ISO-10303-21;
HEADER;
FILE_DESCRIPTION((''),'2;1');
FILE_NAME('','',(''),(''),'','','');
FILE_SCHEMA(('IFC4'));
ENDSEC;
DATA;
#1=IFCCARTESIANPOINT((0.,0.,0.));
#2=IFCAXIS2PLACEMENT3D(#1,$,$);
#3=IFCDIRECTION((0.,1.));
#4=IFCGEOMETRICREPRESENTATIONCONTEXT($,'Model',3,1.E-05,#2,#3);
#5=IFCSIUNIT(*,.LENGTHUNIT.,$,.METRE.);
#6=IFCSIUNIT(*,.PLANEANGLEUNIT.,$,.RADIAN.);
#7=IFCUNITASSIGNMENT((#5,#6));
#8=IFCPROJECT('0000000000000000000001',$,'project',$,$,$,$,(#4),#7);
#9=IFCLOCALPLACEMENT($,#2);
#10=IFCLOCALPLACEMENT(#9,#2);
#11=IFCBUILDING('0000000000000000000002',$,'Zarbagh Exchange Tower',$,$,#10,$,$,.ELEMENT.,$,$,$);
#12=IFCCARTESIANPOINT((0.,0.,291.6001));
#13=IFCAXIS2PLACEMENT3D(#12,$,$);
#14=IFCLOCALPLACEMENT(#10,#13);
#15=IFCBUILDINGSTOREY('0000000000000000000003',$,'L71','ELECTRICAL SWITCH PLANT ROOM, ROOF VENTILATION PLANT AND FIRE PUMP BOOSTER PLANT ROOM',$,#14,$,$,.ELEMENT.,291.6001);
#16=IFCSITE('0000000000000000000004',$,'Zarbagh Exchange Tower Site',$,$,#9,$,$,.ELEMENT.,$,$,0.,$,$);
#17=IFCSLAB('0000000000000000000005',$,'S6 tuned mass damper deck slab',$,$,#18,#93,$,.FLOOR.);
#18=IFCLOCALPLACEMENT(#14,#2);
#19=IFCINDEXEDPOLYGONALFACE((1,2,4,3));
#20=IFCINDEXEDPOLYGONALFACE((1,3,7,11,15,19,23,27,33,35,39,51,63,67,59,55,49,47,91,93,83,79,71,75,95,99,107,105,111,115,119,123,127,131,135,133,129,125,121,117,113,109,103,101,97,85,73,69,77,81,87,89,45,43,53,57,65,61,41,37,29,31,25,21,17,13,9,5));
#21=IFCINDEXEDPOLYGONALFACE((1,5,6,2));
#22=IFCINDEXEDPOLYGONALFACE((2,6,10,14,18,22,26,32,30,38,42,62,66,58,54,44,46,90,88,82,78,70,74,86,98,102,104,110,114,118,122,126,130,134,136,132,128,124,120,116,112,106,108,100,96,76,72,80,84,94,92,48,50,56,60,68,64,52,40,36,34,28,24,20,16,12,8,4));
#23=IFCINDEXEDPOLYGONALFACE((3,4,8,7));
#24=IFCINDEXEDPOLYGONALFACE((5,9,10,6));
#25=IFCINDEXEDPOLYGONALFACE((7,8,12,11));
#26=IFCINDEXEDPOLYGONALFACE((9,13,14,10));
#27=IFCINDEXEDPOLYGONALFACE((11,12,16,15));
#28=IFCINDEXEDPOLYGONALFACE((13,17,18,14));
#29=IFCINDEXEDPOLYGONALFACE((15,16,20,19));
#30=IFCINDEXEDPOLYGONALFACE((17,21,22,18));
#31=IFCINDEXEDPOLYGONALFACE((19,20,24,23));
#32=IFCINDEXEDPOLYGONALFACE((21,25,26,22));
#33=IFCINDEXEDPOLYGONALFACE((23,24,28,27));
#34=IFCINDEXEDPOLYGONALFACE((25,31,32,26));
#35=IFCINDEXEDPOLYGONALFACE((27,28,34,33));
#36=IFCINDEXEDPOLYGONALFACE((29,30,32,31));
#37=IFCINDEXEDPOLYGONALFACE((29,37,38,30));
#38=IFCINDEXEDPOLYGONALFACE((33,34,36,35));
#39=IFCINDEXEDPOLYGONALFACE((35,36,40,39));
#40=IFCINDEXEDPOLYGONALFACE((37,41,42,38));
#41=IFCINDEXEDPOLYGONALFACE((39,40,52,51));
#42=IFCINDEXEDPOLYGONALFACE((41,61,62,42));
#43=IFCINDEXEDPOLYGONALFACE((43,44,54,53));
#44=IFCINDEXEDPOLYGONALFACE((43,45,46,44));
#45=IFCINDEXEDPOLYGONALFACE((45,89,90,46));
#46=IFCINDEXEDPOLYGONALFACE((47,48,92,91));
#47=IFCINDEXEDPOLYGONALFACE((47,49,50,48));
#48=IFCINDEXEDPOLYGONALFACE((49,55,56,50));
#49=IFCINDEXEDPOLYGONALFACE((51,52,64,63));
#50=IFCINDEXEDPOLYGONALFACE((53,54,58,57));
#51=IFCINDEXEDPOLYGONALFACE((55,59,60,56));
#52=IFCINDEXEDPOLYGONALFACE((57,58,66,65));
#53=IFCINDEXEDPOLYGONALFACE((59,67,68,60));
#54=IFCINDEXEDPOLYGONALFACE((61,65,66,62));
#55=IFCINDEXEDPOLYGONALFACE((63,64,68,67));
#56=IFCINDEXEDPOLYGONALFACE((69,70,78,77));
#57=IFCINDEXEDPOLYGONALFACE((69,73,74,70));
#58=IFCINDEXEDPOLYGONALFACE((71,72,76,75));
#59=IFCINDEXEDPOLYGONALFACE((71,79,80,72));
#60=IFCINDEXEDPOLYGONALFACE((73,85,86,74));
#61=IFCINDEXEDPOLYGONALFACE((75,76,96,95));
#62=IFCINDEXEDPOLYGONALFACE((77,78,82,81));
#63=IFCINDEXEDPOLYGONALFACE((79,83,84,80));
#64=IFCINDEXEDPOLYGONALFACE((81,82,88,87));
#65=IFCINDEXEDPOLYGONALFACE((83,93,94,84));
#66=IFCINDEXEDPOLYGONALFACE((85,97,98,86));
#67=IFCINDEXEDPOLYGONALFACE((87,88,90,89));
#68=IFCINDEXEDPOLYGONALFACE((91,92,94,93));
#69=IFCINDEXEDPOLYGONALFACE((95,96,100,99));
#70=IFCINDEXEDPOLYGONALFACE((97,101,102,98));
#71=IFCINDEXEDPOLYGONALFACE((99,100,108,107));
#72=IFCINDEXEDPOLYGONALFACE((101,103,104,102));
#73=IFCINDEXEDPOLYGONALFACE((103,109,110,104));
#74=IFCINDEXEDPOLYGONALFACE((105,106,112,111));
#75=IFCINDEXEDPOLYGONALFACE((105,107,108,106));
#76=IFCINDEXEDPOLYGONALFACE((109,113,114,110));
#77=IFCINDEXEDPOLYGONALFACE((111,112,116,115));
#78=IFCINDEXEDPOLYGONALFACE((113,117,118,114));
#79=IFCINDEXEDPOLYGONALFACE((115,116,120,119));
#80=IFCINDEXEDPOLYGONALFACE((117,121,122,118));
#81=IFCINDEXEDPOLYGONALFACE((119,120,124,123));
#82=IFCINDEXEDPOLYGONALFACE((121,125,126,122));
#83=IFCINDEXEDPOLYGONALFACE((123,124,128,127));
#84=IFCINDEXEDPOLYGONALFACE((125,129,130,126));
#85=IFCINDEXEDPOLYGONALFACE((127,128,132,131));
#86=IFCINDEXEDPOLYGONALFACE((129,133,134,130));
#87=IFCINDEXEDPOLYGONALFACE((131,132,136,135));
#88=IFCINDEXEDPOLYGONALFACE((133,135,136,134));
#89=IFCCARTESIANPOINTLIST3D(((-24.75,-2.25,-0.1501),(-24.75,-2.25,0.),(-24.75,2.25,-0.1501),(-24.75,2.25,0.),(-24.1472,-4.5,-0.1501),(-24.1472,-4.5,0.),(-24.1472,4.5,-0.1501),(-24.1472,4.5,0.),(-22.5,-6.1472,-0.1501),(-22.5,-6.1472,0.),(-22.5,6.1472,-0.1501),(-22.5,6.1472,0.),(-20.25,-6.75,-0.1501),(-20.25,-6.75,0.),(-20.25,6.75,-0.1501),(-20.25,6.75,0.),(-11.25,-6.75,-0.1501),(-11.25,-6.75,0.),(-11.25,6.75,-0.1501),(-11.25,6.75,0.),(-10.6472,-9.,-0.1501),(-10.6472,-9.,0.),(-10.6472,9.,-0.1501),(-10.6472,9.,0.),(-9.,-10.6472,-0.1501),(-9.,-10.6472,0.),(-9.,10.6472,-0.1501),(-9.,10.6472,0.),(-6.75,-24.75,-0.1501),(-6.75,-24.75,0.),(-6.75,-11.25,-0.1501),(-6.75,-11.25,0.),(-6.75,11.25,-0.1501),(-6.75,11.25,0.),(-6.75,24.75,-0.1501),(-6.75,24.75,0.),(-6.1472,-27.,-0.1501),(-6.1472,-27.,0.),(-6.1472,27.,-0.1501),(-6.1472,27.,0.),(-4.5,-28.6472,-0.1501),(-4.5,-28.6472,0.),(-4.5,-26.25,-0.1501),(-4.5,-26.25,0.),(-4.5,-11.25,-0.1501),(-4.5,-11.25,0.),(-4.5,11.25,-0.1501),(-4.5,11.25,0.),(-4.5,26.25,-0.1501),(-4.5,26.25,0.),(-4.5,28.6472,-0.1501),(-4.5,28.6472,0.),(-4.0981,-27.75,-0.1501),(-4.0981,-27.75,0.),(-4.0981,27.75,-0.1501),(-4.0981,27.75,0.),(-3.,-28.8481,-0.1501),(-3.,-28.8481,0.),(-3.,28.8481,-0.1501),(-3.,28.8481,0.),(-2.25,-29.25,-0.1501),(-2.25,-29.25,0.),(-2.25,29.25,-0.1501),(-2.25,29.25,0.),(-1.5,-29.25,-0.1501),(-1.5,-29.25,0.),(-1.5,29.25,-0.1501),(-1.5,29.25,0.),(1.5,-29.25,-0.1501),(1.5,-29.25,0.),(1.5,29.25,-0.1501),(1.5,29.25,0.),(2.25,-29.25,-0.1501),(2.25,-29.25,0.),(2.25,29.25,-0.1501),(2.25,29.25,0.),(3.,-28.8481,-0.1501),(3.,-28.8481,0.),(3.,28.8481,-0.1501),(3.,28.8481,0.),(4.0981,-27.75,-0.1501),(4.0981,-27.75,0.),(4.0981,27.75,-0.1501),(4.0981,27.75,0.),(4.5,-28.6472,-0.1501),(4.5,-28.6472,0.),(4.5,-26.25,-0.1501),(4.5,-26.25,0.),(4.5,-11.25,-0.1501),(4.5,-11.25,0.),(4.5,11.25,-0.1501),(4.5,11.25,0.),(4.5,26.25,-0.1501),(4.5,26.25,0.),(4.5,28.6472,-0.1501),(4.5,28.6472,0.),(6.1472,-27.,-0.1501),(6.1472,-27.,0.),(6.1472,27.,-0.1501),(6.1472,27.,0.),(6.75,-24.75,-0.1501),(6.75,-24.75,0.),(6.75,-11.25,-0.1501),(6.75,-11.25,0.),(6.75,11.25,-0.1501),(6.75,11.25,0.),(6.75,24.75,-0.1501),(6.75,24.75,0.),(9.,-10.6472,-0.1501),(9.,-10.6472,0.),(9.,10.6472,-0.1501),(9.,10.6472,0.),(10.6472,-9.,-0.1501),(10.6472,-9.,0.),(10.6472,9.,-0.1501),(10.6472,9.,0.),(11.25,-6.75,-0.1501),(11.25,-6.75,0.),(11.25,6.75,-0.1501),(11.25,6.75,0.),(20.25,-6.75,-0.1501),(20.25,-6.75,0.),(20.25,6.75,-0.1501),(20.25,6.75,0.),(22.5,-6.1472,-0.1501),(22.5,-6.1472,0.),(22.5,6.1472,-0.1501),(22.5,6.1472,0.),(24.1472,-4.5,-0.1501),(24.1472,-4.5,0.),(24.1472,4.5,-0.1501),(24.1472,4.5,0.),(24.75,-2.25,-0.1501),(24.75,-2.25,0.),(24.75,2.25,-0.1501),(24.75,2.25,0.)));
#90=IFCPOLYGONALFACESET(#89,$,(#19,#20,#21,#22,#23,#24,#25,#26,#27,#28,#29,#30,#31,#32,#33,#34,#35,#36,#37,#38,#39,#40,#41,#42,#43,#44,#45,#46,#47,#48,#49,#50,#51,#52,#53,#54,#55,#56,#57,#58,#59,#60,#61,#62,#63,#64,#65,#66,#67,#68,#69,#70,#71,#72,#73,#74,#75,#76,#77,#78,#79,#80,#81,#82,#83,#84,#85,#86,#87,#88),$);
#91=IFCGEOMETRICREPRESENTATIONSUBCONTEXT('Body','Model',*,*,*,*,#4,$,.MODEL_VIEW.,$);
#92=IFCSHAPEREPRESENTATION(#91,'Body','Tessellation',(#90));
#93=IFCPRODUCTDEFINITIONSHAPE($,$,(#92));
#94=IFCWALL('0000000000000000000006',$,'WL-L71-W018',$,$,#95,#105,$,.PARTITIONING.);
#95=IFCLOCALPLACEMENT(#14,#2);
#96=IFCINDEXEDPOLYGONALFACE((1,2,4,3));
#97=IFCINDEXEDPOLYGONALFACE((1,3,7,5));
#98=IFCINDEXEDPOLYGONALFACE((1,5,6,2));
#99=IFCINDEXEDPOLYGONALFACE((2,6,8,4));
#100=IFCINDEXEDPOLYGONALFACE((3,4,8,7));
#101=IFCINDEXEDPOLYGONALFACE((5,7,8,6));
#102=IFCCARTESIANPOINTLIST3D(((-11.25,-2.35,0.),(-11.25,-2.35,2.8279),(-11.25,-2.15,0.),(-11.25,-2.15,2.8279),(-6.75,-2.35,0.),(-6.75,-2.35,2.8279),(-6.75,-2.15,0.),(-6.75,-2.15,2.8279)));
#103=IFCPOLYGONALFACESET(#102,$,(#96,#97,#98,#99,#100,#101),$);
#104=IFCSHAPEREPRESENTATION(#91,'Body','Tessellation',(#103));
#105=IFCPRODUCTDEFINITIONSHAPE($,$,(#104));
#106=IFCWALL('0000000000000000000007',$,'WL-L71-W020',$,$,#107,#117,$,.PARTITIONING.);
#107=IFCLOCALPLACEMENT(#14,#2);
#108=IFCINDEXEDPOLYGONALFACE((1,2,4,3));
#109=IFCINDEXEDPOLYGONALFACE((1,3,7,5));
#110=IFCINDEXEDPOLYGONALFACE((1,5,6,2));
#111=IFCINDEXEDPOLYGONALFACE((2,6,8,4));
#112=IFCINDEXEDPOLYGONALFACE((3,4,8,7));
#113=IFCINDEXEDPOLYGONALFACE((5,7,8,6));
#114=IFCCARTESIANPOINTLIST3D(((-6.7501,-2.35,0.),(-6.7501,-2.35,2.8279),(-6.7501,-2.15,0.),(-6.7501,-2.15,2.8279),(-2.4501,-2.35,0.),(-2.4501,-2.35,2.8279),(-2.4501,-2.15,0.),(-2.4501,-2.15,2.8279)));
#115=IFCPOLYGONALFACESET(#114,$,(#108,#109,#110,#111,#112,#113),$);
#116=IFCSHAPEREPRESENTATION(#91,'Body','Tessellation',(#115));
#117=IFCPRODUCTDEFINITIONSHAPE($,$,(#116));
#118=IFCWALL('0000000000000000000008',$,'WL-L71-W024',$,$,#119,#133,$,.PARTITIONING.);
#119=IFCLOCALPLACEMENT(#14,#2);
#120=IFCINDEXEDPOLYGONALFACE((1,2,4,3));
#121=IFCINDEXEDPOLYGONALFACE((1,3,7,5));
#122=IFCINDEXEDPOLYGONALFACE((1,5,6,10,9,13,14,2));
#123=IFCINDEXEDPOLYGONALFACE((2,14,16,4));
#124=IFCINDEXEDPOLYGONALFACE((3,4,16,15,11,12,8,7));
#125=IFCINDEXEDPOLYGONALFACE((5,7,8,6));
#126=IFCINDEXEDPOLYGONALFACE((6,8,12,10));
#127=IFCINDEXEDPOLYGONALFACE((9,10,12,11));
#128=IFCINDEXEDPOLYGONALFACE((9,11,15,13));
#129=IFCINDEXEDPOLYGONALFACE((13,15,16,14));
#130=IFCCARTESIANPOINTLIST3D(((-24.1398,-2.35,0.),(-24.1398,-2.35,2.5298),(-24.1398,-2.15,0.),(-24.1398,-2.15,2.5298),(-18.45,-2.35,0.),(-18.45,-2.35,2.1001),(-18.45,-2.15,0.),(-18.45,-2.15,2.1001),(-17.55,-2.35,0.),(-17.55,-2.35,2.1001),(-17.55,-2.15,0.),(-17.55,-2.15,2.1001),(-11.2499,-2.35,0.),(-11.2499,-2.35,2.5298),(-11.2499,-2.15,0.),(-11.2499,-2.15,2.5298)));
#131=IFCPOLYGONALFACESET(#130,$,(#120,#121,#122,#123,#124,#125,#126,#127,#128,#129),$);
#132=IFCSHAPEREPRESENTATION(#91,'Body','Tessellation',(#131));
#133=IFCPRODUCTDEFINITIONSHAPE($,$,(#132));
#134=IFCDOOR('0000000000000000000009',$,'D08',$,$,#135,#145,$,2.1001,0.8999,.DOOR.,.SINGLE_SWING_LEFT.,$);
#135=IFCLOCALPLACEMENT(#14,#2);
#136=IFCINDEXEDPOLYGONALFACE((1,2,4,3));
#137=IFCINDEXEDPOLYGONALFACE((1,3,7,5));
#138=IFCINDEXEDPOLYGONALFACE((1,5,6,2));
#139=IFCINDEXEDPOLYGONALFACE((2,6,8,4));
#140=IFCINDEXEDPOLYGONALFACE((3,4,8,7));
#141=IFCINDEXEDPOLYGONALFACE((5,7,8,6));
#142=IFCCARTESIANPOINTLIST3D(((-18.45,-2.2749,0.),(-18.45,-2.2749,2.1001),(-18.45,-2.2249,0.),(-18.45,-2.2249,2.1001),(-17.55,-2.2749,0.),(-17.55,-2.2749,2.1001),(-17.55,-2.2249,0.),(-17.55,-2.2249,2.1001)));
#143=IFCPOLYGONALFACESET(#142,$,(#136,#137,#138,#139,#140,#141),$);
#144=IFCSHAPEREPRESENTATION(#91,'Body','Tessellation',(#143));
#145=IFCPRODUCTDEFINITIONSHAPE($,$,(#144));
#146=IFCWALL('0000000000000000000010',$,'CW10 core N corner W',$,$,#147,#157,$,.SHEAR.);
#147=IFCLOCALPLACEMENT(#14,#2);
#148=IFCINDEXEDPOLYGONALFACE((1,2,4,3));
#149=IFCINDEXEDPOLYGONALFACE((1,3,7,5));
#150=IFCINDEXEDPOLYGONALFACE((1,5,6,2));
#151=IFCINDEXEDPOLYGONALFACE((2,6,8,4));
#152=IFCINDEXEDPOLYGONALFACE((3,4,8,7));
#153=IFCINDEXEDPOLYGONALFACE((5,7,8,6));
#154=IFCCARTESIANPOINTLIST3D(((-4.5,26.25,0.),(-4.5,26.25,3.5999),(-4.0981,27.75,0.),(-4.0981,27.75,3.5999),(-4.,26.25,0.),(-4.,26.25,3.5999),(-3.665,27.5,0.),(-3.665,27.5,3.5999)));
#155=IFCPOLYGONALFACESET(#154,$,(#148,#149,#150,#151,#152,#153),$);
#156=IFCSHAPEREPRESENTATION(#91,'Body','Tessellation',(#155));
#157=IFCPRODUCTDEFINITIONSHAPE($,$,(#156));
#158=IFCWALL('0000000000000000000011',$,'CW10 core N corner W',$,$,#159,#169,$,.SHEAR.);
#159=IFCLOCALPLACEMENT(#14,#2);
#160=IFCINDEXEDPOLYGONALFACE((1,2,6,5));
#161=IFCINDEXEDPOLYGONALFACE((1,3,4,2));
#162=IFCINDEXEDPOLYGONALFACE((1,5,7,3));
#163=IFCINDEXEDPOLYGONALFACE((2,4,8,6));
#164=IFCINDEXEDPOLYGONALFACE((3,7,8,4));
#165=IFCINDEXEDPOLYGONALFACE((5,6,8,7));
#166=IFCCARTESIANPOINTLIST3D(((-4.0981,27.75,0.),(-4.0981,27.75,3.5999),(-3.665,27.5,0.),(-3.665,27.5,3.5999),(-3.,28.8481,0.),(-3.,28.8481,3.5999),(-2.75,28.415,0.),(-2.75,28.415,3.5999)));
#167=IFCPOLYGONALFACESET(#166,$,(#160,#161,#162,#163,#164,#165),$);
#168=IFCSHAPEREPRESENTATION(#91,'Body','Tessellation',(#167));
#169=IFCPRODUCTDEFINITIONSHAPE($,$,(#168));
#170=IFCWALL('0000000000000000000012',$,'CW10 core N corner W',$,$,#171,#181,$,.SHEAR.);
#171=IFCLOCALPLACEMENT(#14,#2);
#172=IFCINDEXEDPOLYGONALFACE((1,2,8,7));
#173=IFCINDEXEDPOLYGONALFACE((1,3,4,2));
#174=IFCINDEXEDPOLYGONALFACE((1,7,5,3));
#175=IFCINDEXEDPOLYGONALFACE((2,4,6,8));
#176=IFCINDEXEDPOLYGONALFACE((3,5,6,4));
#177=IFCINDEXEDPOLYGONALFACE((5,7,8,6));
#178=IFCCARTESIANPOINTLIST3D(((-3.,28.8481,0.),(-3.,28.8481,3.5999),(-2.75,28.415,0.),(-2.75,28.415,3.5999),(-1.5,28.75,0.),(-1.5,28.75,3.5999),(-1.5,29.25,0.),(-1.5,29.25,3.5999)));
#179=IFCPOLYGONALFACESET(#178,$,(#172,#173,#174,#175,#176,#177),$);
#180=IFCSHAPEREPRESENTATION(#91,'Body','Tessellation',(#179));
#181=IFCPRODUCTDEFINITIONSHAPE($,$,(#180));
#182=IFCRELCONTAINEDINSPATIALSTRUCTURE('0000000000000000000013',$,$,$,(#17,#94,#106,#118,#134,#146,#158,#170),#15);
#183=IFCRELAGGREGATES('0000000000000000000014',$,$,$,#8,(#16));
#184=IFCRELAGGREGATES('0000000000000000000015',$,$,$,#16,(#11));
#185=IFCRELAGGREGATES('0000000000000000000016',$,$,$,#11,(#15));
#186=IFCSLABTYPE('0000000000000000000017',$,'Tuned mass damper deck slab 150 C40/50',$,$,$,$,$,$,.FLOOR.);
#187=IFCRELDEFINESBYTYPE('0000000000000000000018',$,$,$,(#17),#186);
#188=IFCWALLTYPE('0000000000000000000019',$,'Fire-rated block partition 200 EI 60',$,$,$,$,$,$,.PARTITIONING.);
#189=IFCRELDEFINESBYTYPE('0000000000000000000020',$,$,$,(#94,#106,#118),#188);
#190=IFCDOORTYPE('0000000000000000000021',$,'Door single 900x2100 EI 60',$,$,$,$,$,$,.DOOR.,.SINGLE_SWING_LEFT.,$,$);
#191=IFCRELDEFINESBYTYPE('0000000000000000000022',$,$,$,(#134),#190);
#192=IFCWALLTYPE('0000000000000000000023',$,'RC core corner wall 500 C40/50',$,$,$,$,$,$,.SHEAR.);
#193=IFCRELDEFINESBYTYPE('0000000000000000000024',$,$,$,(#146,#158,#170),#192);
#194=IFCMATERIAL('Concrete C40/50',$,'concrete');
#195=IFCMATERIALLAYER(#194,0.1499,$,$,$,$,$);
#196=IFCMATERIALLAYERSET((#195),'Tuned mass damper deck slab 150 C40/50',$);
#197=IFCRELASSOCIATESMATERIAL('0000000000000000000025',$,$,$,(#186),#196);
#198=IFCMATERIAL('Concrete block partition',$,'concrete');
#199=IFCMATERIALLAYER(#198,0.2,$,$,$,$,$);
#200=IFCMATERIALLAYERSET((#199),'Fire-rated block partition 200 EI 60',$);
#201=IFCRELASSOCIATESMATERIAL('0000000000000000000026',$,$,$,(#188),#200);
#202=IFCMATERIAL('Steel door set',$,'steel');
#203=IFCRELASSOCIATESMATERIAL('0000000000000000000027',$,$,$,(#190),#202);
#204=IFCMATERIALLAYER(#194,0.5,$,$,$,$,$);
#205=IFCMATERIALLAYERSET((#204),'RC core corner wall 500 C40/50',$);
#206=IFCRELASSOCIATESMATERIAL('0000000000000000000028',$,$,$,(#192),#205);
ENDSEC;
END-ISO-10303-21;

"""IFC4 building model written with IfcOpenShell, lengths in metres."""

from ifc_helpers import new_model, si_unit, direction, frame, frame_2d, origin, place, context, subcontext, project, spatial, polyline, rectangle, outline, extrude, material, layer, layer_set, type_object, element, fill, save


model = new_model("IFC4")

# Units and contexts
model_context = context("Model", 3, precision=1e-05, world=origin(), true_north=direction((0.0, 1.0)))
body_context = subcontext(model_context, "Body", "Model", "MODEL_VIEW")
ifc_project = project(units=[si_unit("LENGTHUNIT", "METRE"), si_unit("PLANEANGLEUNIT", "RADIAN")], contexts=[model_context])

# Site, building, storey
site_placement = place(None, origin())
site = spatial("IfcSite", under=ifc_project, at=site_placement, Name="Zarbagh Exchange Tower Site", CompositionType="ELEMENT", RefElevation=0.0)
building_placement = place(site_placement, origin())
building = spatial("IfcBuilding", under=site, at=building_placement, Name="Zarbagh Exchange Tower", CompositionType="ELEMENT")
storey_placement = place(building_placement, frame((0.0, 0.0, 291.6001)))
storey = spatial("IfcBuildingStorey", under=building, at=storey_placement, Name="L71", Description="ELECTRICAL SWITCH PLANT ROOM, ROOF VENTILATION PLANT AND FIRE PUMP BOOSTER PLANT ROOM", CompositionType="ELEMENT", Elevation=291.6001)

# Shared definitions
ifc_material_1 = material(Name="Concrete C40/50", Category="concrete")

# Slab
ifc_layer_1 = layer(ifc_material_1, 0.1499)
ifc_layer_set_1 = layer_set([ifc_layer_1], Name="Tuned mass damper deck slab 150 C40/50")
slab_type_1 = type_object("IfcSlabType", Name="Tuned mass damper deck slab 150 C40/50", PredefinedType="FLOOR", material=ifc_layer_set_1)
slab_1_placement = place(storey_placement, frame((0.0, 0.0, -0.1501)))
element("IfcSlab", 1, at=slab_1_placement, inside=storey, type_object=slab_type_1, Name="S6 tuned mass damper deck slab", PredefinedType="FLOOR", context=body_context, shape_type="SweptSolid", body=[
    extrude(outline(polyline([(1.5, -29.25), (3.0, -28.8481), (4.0981, -27.75), (4.5, -26.25), (4.5, -11.25), (-4.5, -11.25), (-4.5, -26.25), (-4.0981, -27.75), (-3.0, -28.8481), (-1.5, -29.25), (-2.25, -29.25), (-4.5, -28.6472), (-6.1472, -27.0), (-6.75, -24.75), (-6.75, -11.25), (-9.0, -10.6472), (-10.6472, -9.0), (-11.25, -6.75), (-20.25, -6.75), (-22.5, -6.1472), (-24.1472, -4.5), (-24.75, -2.25), (-24.75, 2.25), (-24.1472, 4.5), (-22.5, 6.1472), (-20.25, 6.75), (-11.25, 6.75), (-10.6472, 9.0), (-9.0, 10.6472), (-6.75, 11.25), (-6.75, 24.75), (-6.1472, 27.0), (-4.5, 28.6472), (-2.25, 29.25), (-1.5, 29.25), (-3.0, 28.8481), (-4.0981, 27.75), (-4.5, 26.25), (-4.5, 11.25), (4.5, 11.25), (4.5, 26.25), (4.0981, 27.75), (3.0, 28.8481), (1.5, 29.25), (2.25, 29.25), (4.5, 28.6472), (6.1472, 27.0), (6.75, 24.75), (6.75, 11.25), (9.0, 10.6472), (10.6472, 9.0), (11.25, 6.75), (20.25, 6.75), (22.5, 6.1472), (24.1472, 4.5), (24.75, 2.25), (24.75, -2.25), (24.1472, -4.5), (22.5, -6.1472), (20.25, -6.75), (11.25, -6.75), (10.6472, -9.0), (9.0, -10.6472), (6.75, -11.25), (6.75, -24.75), (6.1472, -27.0), (4.5, -28.6472), (2.25, -29.25), (1.5, -29.25)])), origin(), (0.0, 0.0, 1.0), 0.1501),
])

# Walls
ifc_material_2 = material(Name="Concrete block partition", Category="concrete")
ifc_layer_2 = layer(ifc_material_2, 0.2)
ifc_layer_set_2 = layer_set([ifc_layer_2], Name="Fire-rated block partition 200 EI 60")
wall_type_1 = type_object("IfcWallType", Name="Fire-rated block partition 200 EI 60", PredefinedType="PARTITIONING", material=ifc_layer_set_2)
wall_1_placement = place(storey_placement, frame((-11.25, -2.25, 0.0), z_axis=(0.0, 0.0, 1.0), x_axis=(1.0, 0.0, 0.0)))
element("IfcWall", 2, at=wall_1_placement, inside=storey, type_object=wall_type_1, Name="WL-L71-W018", PredefinedType="PARTITIONING", context=body_context, shape_type="SweptSolid", body=[
    extrude(rectangle(XDim=4.5, YDim=0.2, at=frame_2d((2.25, 0.0))), origin(), (0.0, 0.0, 1.0), 2.8279),
])
wall_2_placement = place(storey_placement, frame((-6.75, -2.25, 0.0), z_axis=(0.0, 0.0, 1.0), x_axis=(1.0, 0.0, 0.0)))
element("IfcWall", 3, at=wall_2_placement, inside=storey, type_object=wall_type_1, Name="WL-L71-W020", PredefinedType="PARTITIONING", context=body_context, shape_type="SweptSolid", body=[
    extrude(rectangle(XDim=4.3, YDim=0.2, at=frame_2d((2.1499, 0.0))), origin(), (0.0, 0.0, 1.0), 2.8279),
])

# Wall, opening, door
wall_3_placement = place(storey_placement, frame((-11.25, -2.25, 0.0), z_axis=(0.0, 0.0, 1.0), x_axis=(-1.0, 0.0, 0.0)))
wall_3 = element("IfcWall", 4, at=wall_3_placement, inside=storey, type_object=wall_type_1, Name="WL-L71-W024", PredefinedType="PARTITIONING", context=body_context, shape_type="SweptSolid", body=[
    extrude(rectangle(XDim=12.8899, YDim=0.2, at=frame_2d((6.4448, 0.0))), origin(), (0.0, 0.0, 1.0), 2.5298),
])
opening_1_placement = place(wall_3_placement, frame((6.3, 0.0, 0.0)))
opening_1 = element("IfcOpeningElement", 5, at=opening_1_placement, cuts=wall_3, PredefinedType="OPENING", context=body_context, shape_type="SweptSolid", body=[
    extrude(rectangle(XDim=0.8999, YDim=2.1001, at=frame_2d((0.45, 1.05))), frame((0.0, 0.1099, 0.0), z_axis=(0.0, -1.0, 0.0), x_axis=(1.0, 0.0, 0.0)), (0.0, 0.0, 1.0), 0.22),
])
ifc_material_3 = material(Name="Steel door set", Category="steel")
door_type = type_object("IfcDoorType", Name="Door single 900x2100 EI 60", OperationType="SINGLE_SWING_LEFT", PredefinedType="DOOR", material=ifc_material_3)
door_placement = place(opening_1_placement, origin())
door = element("IfcDoor", 6, at=door_placement, inside=storey, type_object=door_type, Name="D08", OperationType="SINGLE_SWING_LEFT", OverallHeight=2.1001, OverallWidth=0.8999, PredefinedType="DOOR", context=body_context, shape_type="SweptSolid", body=[
    extrude(rectangle(XDim=0.8999, YDim=2.1001, at=frame_2d((0.45, 1.05))), frame((0.0, 0.0249, 0.0), z_axis=(0.0, -1.0, 0.0), x_axis=(1.0, 0.0, 0.0)), (0.0, 0.0, 1.0), 0.05),
])
fill(opening_1, door)

# Walls
ifc_layer_3 = layer(ifc_material_1, 0.5)
ifc_layer_set_3 = layer_set([ifc_layer_3], Name="RC core corner wall 500 C40/50")
wall_type_2 = type_object("IfcWallType", Name="RC core corner wall 500 C40/50", PredefinedType="SHEAR", material=ifc_layer_set_3)
wall_4_placement = place(storey_placement, origin())
element("IfcWall", 7, at=wall_4_placement, inside=storey, type_object=wall_type_2, Name="CW10 core N corner W", PredefinedType="SHEAR", context=body_context, shape_type="SweptSolid", body=[
    extrude(outline(polyline([(-4.5, 26.25), (-4.0981, 27.75), (-3.665, 27.5), (-4.0, 26.25), (-4.5, 26.25)])), origin(), (0.0, 0.0, 1.0), 3.5999),
])
wall_5_placement = place(storey_placement, origin())
element("IfcWall", 8, at=wall_5_placement, inside=storey, type_object=wall_type_2, Name="CW10 core N corner W", PredefinedType="SHEAR", context=body_context, shape_type="SweptSolid", body=[
    extrude(outline(polyline([(-4.0981, 27.75), (-3.0, 28.8481), (-2.75, 28.415), (-3.665, 27.5), (-4.0981, 27.75)])), origin(), (0.0, 0.0, 1.0), 3.5999),
])
wall_6_placement = place(storey_placement, origin())
element("IfcWall", 9, at=wall_6_placement, inside=storey, type_object=wall_type_2, Name="CW10 core N corner W", PredefinedType="SHEAR", context=body_context, shape_type="SweptSolid", body=[
    extrude(outline(polyline([(-3.0, 28.8481), (-1.5, 29.25), (-1.5, 28.75), (-2.75, 28.415), (-3.0, 28.8481)])), origin(), (0.0, 0.0, 1.0), 3.5999),
])

save(model, "model.ifc")
